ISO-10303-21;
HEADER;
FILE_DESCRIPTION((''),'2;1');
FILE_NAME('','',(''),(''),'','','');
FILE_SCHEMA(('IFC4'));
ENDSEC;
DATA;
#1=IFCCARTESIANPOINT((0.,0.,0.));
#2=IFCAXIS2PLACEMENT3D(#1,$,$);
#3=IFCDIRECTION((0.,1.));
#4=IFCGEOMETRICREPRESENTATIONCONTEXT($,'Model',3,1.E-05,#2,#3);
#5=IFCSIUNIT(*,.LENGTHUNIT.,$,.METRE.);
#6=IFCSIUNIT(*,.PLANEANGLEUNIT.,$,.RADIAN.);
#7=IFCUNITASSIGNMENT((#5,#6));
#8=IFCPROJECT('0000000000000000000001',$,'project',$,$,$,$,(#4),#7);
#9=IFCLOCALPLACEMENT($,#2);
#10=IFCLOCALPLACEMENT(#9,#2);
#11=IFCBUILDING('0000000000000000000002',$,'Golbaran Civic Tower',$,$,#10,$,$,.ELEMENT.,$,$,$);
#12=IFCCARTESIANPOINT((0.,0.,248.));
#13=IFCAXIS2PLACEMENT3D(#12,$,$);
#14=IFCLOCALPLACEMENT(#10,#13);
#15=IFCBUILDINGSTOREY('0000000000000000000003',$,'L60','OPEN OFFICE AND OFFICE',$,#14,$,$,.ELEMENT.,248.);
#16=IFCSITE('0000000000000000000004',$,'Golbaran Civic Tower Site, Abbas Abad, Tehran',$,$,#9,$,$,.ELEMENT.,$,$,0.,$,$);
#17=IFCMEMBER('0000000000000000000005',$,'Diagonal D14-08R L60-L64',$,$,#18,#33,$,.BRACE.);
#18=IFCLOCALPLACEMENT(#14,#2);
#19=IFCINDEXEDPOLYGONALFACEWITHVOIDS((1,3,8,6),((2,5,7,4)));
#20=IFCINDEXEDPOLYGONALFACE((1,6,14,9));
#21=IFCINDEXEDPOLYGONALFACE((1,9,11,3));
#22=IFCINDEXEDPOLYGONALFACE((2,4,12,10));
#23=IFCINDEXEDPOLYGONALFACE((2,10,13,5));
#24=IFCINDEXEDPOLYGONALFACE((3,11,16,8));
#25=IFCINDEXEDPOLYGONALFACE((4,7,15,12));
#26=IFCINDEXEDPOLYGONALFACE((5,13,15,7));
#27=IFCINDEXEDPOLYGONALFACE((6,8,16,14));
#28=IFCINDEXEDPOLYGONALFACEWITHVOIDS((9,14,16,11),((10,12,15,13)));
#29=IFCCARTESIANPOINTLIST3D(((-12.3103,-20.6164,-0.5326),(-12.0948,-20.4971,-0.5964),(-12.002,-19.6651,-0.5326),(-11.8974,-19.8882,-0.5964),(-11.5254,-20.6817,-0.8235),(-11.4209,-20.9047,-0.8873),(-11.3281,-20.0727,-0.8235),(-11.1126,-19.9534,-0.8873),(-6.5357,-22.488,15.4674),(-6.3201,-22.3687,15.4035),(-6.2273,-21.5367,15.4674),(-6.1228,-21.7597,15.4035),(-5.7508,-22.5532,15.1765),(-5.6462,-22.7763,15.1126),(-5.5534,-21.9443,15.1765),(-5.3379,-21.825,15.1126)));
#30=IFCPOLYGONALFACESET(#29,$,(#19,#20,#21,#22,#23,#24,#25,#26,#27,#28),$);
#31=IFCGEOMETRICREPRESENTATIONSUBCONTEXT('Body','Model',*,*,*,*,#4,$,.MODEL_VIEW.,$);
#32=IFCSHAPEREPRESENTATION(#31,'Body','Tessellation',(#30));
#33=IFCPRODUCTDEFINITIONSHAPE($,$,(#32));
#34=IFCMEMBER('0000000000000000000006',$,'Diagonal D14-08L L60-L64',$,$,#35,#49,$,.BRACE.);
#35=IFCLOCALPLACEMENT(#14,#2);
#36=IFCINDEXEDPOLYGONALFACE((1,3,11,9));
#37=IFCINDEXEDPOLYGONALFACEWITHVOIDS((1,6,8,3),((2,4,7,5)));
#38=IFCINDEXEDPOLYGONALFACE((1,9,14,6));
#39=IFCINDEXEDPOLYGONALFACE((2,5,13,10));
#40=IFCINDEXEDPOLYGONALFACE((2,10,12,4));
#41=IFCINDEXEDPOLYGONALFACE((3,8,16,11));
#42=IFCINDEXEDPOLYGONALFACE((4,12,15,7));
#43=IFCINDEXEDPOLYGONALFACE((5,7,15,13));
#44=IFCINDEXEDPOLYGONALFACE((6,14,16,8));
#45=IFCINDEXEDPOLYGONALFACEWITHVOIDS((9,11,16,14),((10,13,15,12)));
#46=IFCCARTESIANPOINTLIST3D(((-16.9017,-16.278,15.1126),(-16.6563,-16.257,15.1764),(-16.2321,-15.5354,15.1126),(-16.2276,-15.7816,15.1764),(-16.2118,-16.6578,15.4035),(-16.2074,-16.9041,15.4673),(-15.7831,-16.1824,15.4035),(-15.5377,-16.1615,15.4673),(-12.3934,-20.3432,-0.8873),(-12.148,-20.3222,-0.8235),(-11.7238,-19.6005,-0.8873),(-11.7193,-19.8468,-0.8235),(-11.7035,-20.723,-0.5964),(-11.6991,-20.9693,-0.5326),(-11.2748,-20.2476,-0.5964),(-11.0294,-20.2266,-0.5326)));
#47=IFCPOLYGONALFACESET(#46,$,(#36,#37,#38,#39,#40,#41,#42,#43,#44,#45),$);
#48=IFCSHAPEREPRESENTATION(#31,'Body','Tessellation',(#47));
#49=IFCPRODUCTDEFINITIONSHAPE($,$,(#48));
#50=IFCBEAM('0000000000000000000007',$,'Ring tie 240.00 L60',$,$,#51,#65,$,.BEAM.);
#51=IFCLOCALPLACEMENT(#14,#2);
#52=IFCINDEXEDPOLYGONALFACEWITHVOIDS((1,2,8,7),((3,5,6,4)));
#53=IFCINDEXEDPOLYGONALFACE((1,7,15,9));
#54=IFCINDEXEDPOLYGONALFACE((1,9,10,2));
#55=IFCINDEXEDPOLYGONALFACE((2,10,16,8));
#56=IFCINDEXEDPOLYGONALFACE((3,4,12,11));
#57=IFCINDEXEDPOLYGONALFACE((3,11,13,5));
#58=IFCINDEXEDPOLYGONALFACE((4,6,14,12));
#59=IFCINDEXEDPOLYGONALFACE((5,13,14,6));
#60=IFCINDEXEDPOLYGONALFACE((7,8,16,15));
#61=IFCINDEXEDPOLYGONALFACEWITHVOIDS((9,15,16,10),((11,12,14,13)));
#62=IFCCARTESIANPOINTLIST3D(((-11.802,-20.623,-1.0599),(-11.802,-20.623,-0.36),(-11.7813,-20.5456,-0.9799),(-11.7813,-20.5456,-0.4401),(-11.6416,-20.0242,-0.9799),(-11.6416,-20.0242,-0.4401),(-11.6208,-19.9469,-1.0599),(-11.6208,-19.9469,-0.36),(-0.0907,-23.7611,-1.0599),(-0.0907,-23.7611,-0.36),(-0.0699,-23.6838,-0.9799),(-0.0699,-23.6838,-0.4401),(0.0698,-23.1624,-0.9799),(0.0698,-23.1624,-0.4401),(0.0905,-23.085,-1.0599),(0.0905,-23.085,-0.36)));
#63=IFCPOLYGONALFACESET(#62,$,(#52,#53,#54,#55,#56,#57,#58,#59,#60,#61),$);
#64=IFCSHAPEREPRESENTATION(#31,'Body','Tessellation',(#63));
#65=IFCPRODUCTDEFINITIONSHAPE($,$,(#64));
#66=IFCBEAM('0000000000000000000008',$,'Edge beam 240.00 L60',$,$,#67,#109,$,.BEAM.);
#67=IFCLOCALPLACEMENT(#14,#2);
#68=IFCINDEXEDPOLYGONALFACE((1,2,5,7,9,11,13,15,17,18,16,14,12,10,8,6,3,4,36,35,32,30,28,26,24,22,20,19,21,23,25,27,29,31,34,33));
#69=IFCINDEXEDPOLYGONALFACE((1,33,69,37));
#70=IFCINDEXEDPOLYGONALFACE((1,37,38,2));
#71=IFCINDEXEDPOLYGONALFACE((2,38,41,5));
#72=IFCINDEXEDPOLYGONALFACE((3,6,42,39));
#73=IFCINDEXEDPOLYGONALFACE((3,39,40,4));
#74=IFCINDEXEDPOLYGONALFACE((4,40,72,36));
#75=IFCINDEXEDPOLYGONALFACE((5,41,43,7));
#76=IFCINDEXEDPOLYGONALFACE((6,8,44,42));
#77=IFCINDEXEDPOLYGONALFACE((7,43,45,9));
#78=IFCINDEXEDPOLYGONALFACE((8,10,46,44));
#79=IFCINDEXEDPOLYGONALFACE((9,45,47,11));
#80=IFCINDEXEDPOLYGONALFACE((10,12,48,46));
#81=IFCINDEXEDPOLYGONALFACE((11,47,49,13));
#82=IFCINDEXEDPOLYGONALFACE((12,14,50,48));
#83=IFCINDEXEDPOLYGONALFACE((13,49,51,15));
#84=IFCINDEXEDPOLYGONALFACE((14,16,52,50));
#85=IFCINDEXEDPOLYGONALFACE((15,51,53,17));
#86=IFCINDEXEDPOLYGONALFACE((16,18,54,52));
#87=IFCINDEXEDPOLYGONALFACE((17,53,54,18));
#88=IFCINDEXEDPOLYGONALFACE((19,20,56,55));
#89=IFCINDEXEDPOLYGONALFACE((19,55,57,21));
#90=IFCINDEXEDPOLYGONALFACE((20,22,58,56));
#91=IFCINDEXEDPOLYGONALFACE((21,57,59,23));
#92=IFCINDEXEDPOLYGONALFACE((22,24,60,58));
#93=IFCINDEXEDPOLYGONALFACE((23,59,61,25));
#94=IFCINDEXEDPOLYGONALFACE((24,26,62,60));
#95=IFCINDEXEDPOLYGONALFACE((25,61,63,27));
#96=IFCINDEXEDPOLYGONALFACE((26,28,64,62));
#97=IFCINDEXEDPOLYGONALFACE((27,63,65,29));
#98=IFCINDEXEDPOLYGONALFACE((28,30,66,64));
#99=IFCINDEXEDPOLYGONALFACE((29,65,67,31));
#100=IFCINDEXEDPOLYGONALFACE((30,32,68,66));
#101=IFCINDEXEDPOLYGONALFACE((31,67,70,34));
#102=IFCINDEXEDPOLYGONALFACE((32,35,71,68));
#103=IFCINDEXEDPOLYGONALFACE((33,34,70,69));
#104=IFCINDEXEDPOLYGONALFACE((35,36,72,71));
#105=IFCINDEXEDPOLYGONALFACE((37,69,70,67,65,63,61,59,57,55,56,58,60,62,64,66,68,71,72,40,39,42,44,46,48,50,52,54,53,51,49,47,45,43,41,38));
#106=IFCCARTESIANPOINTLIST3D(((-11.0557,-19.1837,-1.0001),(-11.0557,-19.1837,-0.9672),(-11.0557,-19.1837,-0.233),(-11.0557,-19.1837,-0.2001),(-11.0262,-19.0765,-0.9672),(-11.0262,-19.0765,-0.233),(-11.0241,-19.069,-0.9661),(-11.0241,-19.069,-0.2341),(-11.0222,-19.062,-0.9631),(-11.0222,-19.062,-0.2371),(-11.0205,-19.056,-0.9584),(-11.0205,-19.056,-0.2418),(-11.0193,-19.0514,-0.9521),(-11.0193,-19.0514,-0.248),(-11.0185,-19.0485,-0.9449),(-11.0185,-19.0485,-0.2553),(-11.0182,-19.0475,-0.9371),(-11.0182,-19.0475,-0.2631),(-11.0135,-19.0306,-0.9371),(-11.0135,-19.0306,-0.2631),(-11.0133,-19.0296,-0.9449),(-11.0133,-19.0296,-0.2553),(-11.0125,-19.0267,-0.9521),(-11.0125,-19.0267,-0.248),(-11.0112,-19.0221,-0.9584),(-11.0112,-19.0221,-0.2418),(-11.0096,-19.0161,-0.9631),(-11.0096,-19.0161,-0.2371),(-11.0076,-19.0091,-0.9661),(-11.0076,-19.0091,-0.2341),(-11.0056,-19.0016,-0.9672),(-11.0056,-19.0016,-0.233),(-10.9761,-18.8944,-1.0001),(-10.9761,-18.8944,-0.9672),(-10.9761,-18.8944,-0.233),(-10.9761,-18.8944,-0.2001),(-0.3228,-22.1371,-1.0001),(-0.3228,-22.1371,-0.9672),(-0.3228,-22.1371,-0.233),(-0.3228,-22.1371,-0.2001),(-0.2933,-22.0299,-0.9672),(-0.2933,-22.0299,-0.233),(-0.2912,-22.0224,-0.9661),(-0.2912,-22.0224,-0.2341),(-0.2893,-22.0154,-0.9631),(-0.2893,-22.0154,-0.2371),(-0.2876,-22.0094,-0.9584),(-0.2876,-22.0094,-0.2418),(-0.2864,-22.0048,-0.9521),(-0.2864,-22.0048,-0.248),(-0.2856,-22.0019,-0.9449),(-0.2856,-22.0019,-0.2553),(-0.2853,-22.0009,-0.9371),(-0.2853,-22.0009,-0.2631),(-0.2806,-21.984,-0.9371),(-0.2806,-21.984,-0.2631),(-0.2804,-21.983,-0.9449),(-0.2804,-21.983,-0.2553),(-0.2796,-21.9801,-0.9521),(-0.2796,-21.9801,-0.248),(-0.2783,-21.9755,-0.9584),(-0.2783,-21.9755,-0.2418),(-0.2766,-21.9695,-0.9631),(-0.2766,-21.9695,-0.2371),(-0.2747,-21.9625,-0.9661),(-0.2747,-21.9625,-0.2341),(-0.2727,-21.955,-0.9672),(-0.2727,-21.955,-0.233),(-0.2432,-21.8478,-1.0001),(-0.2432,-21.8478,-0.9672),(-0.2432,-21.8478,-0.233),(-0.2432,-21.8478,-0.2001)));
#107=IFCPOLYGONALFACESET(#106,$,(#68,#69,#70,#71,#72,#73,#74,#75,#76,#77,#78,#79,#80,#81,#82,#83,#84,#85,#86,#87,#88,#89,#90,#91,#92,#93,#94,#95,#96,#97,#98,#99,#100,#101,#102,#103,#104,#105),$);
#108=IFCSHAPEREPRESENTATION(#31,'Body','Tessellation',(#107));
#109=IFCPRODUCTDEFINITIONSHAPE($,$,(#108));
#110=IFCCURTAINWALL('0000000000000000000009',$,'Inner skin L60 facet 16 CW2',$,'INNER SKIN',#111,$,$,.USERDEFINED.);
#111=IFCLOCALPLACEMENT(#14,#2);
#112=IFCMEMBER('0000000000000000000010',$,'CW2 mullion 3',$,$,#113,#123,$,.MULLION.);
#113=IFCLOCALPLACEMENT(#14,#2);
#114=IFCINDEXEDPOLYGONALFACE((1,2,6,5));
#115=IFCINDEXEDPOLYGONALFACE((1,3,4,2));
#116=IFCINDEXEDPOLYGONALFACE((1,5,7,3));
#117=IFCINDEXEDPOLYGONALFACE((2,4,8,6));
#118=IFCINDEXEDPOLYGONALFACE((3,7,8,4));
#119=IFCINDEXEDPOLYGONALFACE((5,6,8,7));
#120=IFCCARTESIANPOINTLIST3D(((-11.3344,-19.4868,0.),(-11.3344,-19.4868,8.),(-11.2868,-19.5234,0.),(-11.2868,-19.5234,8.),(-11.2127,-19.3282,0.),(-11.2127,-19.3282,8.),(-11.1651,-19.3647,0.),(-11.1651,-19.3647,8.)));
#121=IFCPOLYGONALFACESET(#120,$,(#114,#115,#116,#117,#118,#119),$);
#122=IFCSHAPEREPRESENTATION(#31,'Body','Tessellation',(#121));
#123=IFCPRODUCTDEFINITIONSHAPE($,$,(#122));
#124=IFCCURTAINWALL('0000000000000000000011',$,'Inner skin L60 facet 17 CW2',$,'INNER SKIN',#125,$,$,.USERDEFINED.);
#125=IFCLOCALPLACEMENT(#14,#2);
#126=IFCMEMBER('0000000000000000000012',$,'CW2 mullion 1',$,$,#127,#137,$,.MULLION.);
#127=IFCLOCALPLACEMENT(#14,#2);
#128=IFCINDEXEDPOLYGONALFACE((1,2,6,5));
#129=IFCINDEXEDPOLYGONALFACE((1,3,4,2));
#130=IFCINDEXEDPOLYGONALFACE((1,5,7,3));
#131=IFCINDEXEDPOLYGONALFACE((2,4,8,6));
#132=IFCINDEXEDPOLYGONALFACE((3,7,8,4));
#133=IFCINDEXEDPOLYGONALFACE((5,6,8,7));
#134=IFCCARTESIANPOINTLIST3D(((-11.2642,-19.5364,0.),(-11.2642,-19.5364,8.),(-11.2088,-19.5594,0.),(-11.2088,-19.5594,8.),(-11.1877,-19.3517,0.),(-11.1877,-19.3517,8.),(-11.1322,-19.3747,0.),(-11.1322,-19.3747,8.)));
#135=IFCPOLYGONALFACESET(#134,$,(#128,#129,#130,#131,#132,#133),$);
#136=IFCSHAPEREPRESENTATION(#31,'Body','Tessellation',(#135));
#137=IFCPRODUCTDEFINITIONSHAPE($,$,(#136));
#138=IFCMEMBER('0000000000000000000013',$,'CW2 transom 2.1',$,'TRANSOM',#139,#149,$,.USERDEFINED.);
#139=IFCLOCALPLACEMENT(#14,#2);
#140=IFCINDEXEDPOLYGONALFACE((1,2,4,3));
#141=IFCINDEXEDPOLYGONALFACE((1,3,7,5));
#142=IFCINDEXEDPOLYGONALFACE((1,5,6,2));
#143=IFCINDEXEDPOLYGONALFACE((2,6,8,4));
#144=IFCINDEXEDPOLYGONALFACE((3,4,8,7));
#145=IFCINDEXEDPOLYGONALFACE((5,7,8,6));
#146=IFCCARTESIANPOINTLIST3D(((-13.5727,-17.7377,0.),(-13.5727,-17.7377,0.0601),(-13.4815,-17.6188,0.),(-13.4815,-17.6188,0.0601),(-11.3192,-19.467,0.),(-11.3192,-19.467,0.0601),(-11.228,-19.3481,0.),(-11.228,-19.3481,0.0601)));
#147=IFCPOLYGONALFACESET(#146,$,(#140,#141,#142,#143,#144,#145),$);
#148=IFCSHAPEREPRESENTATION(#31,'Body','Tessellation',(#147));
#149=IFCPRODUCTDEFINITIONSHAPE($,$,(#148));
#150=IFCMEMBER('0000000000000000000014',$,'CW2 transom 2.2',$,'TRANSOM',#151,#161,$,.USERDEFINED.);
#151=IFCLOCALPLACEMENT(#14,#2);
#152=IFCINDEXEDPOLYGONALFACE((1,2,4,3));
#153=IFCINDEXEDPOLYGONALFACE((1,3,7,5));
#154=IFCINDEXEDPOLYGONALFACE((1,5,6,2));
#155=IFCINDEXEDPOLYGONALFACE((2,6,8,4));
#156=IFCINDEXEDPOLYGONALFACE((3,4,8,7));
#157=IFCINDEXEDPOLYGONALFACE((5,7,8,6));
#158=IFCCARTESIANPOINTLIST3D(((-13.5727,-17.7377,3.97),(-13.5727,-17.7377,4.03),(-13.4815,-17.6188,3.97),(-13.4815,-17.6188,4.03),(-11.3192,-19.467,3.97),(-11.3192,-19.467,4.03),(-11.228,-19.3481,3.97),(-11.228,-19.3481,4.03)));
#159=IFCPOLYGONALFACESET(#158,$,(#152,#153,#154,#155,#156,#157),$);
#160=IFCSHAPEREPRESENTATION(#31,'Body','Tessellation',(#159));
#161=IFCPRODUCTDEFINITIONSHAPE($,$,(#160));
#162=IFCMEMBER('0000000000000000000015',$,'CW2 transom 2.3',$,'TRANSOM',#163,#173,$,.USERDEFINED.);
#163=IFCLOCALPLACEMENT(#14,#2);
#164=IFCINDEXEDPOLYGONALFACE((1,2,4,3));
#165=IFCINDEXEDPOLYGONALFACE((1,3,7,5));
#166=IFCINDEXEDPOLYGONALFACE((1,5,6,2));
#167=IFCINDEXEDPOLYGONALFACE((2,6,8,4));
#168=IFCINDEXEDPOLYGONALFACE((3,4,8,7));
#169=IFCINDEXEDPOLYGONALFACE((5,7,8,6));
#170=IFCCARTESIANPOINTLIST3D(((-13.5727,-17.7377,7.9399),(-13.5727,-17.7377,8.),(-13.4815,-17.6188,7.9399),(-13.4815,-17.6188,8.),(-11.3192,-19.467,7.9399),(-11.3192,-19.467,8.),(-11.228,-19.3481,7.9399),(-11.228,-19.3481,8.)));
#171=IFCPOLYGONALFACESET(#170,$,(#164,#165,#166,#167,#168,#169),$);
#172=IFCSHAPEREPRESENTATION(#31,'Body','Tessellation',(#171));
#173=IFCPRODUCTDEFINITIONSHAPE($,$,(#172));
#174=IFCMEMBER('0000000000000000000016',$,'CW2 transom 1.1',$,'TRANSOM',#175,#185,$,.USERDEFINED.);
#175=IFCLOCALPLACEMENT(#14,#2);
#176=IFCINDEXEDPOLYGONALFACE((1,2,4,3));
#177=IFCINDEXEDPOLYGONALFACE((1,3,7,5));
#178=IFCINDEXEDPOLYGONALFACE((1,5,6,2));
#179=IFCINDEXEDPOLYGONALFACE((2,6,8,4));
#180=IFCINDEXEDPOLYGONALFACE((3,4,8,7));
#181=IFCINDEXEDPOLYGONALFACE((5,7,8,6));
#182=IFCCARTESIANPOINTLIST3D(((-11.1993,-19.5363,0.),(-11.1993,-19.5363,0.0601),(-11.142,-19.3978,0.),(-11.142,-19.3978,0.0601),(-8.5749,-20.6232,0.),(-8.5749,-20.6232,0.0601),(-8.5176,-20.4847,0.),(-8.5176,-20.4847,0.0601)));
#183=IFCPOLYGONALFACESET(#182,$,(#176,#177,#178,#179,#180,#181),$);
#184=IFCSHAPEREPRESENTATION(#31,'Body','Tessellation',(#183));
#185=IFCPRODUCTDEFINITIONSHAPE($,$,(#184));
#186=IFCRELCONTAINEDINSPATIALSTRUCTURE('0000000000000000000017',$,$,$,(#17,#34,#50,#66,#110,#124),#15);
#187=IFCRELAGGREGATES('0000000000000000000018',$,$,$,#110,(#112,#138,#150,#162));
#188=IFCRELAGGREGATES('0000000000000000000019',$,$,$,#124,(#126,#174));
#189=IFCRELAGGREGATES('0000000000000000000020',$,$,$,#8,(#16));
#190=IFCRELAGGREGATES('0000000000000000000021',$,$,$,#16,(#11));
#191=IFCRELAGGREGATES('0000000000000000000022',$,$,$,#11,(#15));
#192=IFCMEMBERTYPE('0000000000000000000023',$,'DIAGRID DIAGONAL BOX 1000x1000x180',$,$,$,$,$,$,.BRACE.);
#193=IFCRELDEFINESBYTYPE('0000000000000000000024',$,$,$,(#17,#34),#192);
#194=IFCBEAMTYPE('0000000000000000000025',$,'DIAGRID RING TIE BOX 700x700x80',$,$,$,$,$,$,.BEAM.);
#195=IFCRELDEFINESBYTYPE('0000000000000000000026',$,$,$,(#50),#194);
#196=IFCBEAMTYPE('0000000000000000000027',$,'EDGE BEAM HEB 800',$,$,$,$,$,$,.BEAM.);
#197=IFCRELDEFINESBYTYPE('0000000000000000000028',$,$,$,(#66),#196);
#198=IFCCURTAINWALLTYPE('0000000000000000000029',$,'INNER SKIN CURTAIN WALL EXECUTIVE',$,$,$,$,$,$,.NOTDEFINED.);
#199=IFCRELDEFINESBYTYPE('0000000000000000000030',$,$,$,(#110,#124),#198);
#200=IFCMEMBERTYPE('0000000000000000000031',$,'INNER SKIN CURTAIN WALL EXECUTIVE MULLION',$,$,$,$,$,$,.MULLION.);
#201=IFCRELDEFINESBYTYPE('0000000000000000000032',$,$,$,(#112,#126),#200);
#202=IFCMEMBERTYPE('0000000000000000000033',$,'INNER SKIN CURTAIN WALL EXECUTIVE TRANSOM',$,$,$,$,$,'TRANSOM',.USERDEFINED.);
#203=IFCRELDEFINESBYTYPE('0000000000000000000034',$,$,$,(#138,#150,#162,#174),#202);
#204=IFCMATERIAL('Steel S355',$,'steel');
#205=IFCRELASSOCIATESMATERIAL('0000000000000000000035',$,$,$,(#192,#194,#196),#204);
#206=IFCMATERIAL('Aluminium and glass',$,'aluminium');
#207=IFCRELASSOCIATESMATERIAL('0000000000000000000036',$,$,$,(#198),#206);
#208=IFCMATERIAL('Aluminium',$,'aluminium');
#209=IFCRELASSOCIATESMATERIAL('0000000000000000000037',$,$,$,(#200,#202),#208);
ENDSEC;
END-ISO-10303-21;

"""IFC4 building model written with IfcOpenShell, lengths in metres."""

from ifc_helpers import new_model, si_unit, direction, frame, origin, origin_2d, place, context, subcontext, project, spatial, rectangle, hollow_rectangle, i_section, extrude, material, material_profile, profile_set, type_object, element, aggregate, save


model = new_model("IFC4")

# Units and contexts
model_context = context("Model", 3, precision=1e-05, world=origin(), true_north=direction((0.0, 1.0)))
body_context = subcontext(model_context, "Body", "Model", "MODEL_VIEW")
ifc_project = project(units=[si_unit("LENGTHUNIT", "METRE"), si_unit("PLANEANGLEUNIT", "RADIAN")], contexts=[model_context])

# Site, building, storey
site_placement = place(None, origin())
site = spatial("IfcSite", under=ifc_project, at=site_placement, Name="Golbaran Civic Tower Site, Abbas Abad, Tehran", CompositionType="ELEMENT", RefElevation=0.0)
building_placement = place(site_placement, origin())
building = spatial("IfcBuilding", under=site, at=building_placement, Name="Golbaran Civic Tower", CompositionType="ELEMENT")
storey_placement = place(building_placement, frame((0.0, 0.0, 248.0)))
storey = spatial("IfcBuildingStorey", under=building, at=storey_placement, Name="L60", Description="OPEN OFFICE AND OFFICE", CompositionType="ELEMENT", Elevation=248.0)

# Members
ifc_material_1 = material(Name="Steel S355", Category="steel")
ifc_material_profile_1 = material_profile(ifc_material_1, hollow_rectangle(XDim=1.0, YDim=1.0, WallThickness=0.1799, at=origin_2d()), Name="BOX 1000x1000x180")
ifc_profile_set_1 = profile_set([ifc_material_profile_1], Name="Steel S355")
member_type_1 = type_object("IfcMemberType", Name="DIAGRID DIAGONAL BOX 1000x1000x180", PredefinedType="BRACE", material=ifc_profile_set_1)
for number, where, z_axis, x_axis, name in (
    (1, (-11.7114, -20.2849, -0.71), (0.337446, -0.109367, 0.93497), (0.308314, 0.951285, 0.0), "Diagonal D14-08R L60-L64"),
    (2, (-11.7114, -20.2849, -0.71), (-0.263445, 0.237551, 0.934969), (-0.669667, -0.742662, 0.0), "Diagonal D14-08L L60-L64"),
):
    element("IfcMember", number, at=place(storey_placement, frame(where, z_axis=z_axis, x_axis=x_axis)), inside=storey, type_object=member_type_1, Name=name, PredefinedType="BRACE", context=body_context, shape_type="SweptSolid", body=[
        extrude(hollow_rectangle(XDim=1.0, YDim=1.0, WallThickness=0.1799, at=origin_2d()), origin(), (0.0, 0.0, 1.0), 17.1128),
    ])

# Beams
ifc_material_profile_2 = material_profile(ifc_material_1, hollow_rectangle(XDim=0.7, YDim=0.7, WallThickness=0.0801, at=origin_2d()), Name="BOX 700x700x80")
ifc_profile_set_2 = profile_set([ifc_material_profile_2], Name="Steel S355")
beam_type_1 = type_object("IfcBeamType", Name="DIAGRID RING TIE BOX 700x700x80", PredefinedType="BEAM", material=ifc_profile_set_2)
beam_1_placement = place(storey_placement, frame((-11.7114, -20.2849, -0.71), z_axis=(0.965923, -0.258828, 0.0), x_axis=(0.258828, 0.965923, 0.0)))
element("IfcBeam", 3, at=beam_1_placement, inside=storey, type_object=beam_type_1, Name="Ring tie 240.00 L60", PredefinedType="BEAM", context=body_context, shape_type="SweptSolid", body=[
    extrude(hollow_rectangle(XDim=0.7, YDim=0.7, WallThickness=0.0801, at=origin_2d()), origin(), (0.0, 0.0, 1.0), 12.1245),
])
ifc_material_profile_3 = material_profile(ifc_material_1, i_section(OverallWidth=0.3, OverallDepth=0.8, WebThickness=0.0176, FlangeThickness=0.033, FilletRadius=0.03, at=origin_2d()), Name="HEB 800")
ifc_profile_set_3 = profile_set([ifc_material_profile_3], Name="Steel S355")
beam_type_2 = type_object("IfcBeamType", Name="EDGE BEAM HEB 800", PredefinedType="BEAM", material=ifc_profile_set_3)
beam_2_placement = place(storey_placement, frame((-11.0159, -19.0391, -0.6001), z_axis=(0.964164, -0.265308, 0.0), x_axis=(0.265308, 0.964164, 0.0)))
element("IfcBeam", 4, at=beam_2_placement, inside=storey, type_object=beam_type_2, Name="Edge beam 240.00 L60", PredefinedType="BEAM", context=body_context, shape_type="SweptSolid", body=[
    extrude(i_section(OverallWidth=0.3, OverallDepth=0.8, WebThickness=0.0176, FlangeThickness=0.033, FilletRadius=0.03, at=origin_2d()), origin(), (0.0, 0.0, 1.0), 11.1318),
])

# Curtain walls, members
ifc_material_2 = material(Name="Aluminium and glass", Category="aluminium")
curtain_wall_type_1 = type_object("IfcCurtainWallType", Name="INNER SKIN CURTAIN WALL EXECUTIVE", PredefinedType="NOTDEFINED", material=ifc_material_2)
curtain_wall_1_placement = place(storey_placement, origin())
curtain_wall_1 = element("IfcCurtainWall", 5, at=curtain_wall_1_placement, inside=storey, type_object=curtain_wall_type_1, Name="Inner skin L60 facet 16 CW2", ObjectType="INNER SKIN", PredefinedType="USERDEFINED")
ifc_material_3 = material(Name="Aluminium", Category="aluminium")
ifc_material_profile_4 = material_profile(ifc_material_3, rectangle(XDim=0.2, YDim=0.0601, at=origin_2d()), Name="INNER SKIN CURTAIN WALL EXECUTIVE MULLION")
ifc_profile_set_4 = profile_set([ifc_material_profile_4], Name="Aluminium")
member_type_2 = type_object("IfcMemberType", Name="INNER SKIN CURTAIN WALL EXECUTIVE MULLION", PredefinedType="MULLION", material=ifc_profile_set_4)
member_1_placement = place(storey_placement, frame((-11.2498, -19.4258, 0.0), z_axis=(0.0, 0.0, 1.0), x_axis=(0.608761, 0.793353, 0.0)))
member_1 = element("IfcMember", 6, at=member_1_placement, type_object=member_type_2, Name="CW2 mullion 3", PredefinedType="MULLION", context=body_context, shape_type="SweptSolid", body=[
    extrude(rectangle(XDim=0.2, YDim=0.0601, at=origin_2d()), origin(), (0.0, 0.0, 1.0), 8.0),
])
curtain_wall_2_placement = place(storey_placement, origin())
curtain_wall_2 = element("IfcCurtainWall", 7, at=curtain_wall_2_placement, inside=storey, type_object=curtain_wall_type_1, Name="Inner skin L60 facet 17 CW2", ObjectType="INNER SKIN", PredefinedType="USERDEFINED")
member_2_placement = place(storey_placement, frame((-11.1982, -19.4556, 0.0), z_axis=(0.0, 0.0, 1.0), x_axis=(0.382683, 0.92388, 0.0)))
member_2 = element("IfcMember", 8, at=member_2_placement, type_object=member_type_2, Name="CW2 mullion 1", PredefinedType="MULLION", context=body_context, shape_type="SweptSolid", body=[
    extrude(rectangle(XDim=0.2, YDim=0.0601, at=origin_2d()), origin(), (0.0, 0.0, 1.0), 8.0),
])

# Members
ifc_material_profile_5 = material_profile(ifc_material_3, rectangle(XDim=0.1499, YDim=0.0601, at=origin_2d()), Name="INNER SKIN CURTAIN WALL EXECUTIVE TRANSOM")
ifc_profile_set_5 = profile_set([ifc_material_profile_5], Name="Aluminium")
member_type_3 = type_object("IfcMemberType", Name="INNER SKIN CURTAIN WALL EXECUTIVE TRANSOM", ElementType="TRANSOM", PredefinedType="USERDEFINED", material=ifc_profile_set_5)
member_3_placement = place(storey_placement, frame((-13.5271, -17.6782, 0.03), z_axis=(0.79333, -0.608792, 0.0), x_axis=(0.608792, 0.79333, 0.0)))
member_3 = element("IfcMember", 9, at=member_3_placement, type_object=member_type_3, Name="CW2 transom 2.1", ObjectType="TRANSOM", PredefinedType="USERDEFINED", context=body_context, shape_type="SweptSolid", body=[
    extrude(rectangle(XDim=0.1499, YDim=0.0601, at=origin_2d()), origin(), (0.0, 0.0, 1.0), 2.8406),
])
member_4_placement = place(storey_placement, frame((-13.5271, -17.6782, 4.0), z_axis=(0.79333, -0.608792, 0.0), x_axis=(0.608792, 0.79333, 0.0)))
member_4 = element("IfcMember", 10, at=member_4_placement, type_object=member_type_3, Name="CW2 transom 2.2", ObjectType="TRANSOM", PredefinedType="USERDEFINED", context=body_context, shape_type="SweptSolid", body=[
    extrude(rectangle(XDim=0.1499, YDim=0.0601, at=origin_2d()), origin(), (0.0, 0.0, 1.0), 2.8406),
])
member_5_placement = place(storey_placement, frame((-13.5271, -17.6782, 7.97), z_axis=(0.79333, -0.608792, 0.0), x_axis=(0.608792, 0.79333, 0.0)))
member_5 = element("IfcMember", 11, at=member_5_placement, type_object=member_type_3, Name="CW2 transom 2.3", ObjectType="TRANSOM", PredefinedType="USERDEFINED", context=body_context, shape_type="SweptSolid", body=[
    extrude(rectangle(XDim=0.1499, YDim=0.0601, at=origin_2d()), origin(), (0.0, 0.0, 1.0), 2.8406),
])
member_6_placement = place(storey_placement, frame((-11.1707, -19.467, 0.03), z_axis=(0.923904, -0.382625, 0.0), x_axis=(0.382625, 0.923904, 0.0)))
member_6 = element("IfcMember", 12, at=member_6_placement, type_object=member_type_3, Name="CW2 transom 1.1", ObjectType="TRANSOM", PredefinedType="USERDEFINED", context=body_context, shape_type="SweptSolid", body=[
    extrude(rectangle(XDim=0.1499, YDim=0.0601, at=origin_2d()), origin(), (0.0, 0.0, 1.0), 2.8406),
])

aggregate(curtain_wall_1, [member_1, member_3, member_4, member_5])
aggregate(curtain_wall_2, [member_2, member_6])

save(model, "model.ifc")
